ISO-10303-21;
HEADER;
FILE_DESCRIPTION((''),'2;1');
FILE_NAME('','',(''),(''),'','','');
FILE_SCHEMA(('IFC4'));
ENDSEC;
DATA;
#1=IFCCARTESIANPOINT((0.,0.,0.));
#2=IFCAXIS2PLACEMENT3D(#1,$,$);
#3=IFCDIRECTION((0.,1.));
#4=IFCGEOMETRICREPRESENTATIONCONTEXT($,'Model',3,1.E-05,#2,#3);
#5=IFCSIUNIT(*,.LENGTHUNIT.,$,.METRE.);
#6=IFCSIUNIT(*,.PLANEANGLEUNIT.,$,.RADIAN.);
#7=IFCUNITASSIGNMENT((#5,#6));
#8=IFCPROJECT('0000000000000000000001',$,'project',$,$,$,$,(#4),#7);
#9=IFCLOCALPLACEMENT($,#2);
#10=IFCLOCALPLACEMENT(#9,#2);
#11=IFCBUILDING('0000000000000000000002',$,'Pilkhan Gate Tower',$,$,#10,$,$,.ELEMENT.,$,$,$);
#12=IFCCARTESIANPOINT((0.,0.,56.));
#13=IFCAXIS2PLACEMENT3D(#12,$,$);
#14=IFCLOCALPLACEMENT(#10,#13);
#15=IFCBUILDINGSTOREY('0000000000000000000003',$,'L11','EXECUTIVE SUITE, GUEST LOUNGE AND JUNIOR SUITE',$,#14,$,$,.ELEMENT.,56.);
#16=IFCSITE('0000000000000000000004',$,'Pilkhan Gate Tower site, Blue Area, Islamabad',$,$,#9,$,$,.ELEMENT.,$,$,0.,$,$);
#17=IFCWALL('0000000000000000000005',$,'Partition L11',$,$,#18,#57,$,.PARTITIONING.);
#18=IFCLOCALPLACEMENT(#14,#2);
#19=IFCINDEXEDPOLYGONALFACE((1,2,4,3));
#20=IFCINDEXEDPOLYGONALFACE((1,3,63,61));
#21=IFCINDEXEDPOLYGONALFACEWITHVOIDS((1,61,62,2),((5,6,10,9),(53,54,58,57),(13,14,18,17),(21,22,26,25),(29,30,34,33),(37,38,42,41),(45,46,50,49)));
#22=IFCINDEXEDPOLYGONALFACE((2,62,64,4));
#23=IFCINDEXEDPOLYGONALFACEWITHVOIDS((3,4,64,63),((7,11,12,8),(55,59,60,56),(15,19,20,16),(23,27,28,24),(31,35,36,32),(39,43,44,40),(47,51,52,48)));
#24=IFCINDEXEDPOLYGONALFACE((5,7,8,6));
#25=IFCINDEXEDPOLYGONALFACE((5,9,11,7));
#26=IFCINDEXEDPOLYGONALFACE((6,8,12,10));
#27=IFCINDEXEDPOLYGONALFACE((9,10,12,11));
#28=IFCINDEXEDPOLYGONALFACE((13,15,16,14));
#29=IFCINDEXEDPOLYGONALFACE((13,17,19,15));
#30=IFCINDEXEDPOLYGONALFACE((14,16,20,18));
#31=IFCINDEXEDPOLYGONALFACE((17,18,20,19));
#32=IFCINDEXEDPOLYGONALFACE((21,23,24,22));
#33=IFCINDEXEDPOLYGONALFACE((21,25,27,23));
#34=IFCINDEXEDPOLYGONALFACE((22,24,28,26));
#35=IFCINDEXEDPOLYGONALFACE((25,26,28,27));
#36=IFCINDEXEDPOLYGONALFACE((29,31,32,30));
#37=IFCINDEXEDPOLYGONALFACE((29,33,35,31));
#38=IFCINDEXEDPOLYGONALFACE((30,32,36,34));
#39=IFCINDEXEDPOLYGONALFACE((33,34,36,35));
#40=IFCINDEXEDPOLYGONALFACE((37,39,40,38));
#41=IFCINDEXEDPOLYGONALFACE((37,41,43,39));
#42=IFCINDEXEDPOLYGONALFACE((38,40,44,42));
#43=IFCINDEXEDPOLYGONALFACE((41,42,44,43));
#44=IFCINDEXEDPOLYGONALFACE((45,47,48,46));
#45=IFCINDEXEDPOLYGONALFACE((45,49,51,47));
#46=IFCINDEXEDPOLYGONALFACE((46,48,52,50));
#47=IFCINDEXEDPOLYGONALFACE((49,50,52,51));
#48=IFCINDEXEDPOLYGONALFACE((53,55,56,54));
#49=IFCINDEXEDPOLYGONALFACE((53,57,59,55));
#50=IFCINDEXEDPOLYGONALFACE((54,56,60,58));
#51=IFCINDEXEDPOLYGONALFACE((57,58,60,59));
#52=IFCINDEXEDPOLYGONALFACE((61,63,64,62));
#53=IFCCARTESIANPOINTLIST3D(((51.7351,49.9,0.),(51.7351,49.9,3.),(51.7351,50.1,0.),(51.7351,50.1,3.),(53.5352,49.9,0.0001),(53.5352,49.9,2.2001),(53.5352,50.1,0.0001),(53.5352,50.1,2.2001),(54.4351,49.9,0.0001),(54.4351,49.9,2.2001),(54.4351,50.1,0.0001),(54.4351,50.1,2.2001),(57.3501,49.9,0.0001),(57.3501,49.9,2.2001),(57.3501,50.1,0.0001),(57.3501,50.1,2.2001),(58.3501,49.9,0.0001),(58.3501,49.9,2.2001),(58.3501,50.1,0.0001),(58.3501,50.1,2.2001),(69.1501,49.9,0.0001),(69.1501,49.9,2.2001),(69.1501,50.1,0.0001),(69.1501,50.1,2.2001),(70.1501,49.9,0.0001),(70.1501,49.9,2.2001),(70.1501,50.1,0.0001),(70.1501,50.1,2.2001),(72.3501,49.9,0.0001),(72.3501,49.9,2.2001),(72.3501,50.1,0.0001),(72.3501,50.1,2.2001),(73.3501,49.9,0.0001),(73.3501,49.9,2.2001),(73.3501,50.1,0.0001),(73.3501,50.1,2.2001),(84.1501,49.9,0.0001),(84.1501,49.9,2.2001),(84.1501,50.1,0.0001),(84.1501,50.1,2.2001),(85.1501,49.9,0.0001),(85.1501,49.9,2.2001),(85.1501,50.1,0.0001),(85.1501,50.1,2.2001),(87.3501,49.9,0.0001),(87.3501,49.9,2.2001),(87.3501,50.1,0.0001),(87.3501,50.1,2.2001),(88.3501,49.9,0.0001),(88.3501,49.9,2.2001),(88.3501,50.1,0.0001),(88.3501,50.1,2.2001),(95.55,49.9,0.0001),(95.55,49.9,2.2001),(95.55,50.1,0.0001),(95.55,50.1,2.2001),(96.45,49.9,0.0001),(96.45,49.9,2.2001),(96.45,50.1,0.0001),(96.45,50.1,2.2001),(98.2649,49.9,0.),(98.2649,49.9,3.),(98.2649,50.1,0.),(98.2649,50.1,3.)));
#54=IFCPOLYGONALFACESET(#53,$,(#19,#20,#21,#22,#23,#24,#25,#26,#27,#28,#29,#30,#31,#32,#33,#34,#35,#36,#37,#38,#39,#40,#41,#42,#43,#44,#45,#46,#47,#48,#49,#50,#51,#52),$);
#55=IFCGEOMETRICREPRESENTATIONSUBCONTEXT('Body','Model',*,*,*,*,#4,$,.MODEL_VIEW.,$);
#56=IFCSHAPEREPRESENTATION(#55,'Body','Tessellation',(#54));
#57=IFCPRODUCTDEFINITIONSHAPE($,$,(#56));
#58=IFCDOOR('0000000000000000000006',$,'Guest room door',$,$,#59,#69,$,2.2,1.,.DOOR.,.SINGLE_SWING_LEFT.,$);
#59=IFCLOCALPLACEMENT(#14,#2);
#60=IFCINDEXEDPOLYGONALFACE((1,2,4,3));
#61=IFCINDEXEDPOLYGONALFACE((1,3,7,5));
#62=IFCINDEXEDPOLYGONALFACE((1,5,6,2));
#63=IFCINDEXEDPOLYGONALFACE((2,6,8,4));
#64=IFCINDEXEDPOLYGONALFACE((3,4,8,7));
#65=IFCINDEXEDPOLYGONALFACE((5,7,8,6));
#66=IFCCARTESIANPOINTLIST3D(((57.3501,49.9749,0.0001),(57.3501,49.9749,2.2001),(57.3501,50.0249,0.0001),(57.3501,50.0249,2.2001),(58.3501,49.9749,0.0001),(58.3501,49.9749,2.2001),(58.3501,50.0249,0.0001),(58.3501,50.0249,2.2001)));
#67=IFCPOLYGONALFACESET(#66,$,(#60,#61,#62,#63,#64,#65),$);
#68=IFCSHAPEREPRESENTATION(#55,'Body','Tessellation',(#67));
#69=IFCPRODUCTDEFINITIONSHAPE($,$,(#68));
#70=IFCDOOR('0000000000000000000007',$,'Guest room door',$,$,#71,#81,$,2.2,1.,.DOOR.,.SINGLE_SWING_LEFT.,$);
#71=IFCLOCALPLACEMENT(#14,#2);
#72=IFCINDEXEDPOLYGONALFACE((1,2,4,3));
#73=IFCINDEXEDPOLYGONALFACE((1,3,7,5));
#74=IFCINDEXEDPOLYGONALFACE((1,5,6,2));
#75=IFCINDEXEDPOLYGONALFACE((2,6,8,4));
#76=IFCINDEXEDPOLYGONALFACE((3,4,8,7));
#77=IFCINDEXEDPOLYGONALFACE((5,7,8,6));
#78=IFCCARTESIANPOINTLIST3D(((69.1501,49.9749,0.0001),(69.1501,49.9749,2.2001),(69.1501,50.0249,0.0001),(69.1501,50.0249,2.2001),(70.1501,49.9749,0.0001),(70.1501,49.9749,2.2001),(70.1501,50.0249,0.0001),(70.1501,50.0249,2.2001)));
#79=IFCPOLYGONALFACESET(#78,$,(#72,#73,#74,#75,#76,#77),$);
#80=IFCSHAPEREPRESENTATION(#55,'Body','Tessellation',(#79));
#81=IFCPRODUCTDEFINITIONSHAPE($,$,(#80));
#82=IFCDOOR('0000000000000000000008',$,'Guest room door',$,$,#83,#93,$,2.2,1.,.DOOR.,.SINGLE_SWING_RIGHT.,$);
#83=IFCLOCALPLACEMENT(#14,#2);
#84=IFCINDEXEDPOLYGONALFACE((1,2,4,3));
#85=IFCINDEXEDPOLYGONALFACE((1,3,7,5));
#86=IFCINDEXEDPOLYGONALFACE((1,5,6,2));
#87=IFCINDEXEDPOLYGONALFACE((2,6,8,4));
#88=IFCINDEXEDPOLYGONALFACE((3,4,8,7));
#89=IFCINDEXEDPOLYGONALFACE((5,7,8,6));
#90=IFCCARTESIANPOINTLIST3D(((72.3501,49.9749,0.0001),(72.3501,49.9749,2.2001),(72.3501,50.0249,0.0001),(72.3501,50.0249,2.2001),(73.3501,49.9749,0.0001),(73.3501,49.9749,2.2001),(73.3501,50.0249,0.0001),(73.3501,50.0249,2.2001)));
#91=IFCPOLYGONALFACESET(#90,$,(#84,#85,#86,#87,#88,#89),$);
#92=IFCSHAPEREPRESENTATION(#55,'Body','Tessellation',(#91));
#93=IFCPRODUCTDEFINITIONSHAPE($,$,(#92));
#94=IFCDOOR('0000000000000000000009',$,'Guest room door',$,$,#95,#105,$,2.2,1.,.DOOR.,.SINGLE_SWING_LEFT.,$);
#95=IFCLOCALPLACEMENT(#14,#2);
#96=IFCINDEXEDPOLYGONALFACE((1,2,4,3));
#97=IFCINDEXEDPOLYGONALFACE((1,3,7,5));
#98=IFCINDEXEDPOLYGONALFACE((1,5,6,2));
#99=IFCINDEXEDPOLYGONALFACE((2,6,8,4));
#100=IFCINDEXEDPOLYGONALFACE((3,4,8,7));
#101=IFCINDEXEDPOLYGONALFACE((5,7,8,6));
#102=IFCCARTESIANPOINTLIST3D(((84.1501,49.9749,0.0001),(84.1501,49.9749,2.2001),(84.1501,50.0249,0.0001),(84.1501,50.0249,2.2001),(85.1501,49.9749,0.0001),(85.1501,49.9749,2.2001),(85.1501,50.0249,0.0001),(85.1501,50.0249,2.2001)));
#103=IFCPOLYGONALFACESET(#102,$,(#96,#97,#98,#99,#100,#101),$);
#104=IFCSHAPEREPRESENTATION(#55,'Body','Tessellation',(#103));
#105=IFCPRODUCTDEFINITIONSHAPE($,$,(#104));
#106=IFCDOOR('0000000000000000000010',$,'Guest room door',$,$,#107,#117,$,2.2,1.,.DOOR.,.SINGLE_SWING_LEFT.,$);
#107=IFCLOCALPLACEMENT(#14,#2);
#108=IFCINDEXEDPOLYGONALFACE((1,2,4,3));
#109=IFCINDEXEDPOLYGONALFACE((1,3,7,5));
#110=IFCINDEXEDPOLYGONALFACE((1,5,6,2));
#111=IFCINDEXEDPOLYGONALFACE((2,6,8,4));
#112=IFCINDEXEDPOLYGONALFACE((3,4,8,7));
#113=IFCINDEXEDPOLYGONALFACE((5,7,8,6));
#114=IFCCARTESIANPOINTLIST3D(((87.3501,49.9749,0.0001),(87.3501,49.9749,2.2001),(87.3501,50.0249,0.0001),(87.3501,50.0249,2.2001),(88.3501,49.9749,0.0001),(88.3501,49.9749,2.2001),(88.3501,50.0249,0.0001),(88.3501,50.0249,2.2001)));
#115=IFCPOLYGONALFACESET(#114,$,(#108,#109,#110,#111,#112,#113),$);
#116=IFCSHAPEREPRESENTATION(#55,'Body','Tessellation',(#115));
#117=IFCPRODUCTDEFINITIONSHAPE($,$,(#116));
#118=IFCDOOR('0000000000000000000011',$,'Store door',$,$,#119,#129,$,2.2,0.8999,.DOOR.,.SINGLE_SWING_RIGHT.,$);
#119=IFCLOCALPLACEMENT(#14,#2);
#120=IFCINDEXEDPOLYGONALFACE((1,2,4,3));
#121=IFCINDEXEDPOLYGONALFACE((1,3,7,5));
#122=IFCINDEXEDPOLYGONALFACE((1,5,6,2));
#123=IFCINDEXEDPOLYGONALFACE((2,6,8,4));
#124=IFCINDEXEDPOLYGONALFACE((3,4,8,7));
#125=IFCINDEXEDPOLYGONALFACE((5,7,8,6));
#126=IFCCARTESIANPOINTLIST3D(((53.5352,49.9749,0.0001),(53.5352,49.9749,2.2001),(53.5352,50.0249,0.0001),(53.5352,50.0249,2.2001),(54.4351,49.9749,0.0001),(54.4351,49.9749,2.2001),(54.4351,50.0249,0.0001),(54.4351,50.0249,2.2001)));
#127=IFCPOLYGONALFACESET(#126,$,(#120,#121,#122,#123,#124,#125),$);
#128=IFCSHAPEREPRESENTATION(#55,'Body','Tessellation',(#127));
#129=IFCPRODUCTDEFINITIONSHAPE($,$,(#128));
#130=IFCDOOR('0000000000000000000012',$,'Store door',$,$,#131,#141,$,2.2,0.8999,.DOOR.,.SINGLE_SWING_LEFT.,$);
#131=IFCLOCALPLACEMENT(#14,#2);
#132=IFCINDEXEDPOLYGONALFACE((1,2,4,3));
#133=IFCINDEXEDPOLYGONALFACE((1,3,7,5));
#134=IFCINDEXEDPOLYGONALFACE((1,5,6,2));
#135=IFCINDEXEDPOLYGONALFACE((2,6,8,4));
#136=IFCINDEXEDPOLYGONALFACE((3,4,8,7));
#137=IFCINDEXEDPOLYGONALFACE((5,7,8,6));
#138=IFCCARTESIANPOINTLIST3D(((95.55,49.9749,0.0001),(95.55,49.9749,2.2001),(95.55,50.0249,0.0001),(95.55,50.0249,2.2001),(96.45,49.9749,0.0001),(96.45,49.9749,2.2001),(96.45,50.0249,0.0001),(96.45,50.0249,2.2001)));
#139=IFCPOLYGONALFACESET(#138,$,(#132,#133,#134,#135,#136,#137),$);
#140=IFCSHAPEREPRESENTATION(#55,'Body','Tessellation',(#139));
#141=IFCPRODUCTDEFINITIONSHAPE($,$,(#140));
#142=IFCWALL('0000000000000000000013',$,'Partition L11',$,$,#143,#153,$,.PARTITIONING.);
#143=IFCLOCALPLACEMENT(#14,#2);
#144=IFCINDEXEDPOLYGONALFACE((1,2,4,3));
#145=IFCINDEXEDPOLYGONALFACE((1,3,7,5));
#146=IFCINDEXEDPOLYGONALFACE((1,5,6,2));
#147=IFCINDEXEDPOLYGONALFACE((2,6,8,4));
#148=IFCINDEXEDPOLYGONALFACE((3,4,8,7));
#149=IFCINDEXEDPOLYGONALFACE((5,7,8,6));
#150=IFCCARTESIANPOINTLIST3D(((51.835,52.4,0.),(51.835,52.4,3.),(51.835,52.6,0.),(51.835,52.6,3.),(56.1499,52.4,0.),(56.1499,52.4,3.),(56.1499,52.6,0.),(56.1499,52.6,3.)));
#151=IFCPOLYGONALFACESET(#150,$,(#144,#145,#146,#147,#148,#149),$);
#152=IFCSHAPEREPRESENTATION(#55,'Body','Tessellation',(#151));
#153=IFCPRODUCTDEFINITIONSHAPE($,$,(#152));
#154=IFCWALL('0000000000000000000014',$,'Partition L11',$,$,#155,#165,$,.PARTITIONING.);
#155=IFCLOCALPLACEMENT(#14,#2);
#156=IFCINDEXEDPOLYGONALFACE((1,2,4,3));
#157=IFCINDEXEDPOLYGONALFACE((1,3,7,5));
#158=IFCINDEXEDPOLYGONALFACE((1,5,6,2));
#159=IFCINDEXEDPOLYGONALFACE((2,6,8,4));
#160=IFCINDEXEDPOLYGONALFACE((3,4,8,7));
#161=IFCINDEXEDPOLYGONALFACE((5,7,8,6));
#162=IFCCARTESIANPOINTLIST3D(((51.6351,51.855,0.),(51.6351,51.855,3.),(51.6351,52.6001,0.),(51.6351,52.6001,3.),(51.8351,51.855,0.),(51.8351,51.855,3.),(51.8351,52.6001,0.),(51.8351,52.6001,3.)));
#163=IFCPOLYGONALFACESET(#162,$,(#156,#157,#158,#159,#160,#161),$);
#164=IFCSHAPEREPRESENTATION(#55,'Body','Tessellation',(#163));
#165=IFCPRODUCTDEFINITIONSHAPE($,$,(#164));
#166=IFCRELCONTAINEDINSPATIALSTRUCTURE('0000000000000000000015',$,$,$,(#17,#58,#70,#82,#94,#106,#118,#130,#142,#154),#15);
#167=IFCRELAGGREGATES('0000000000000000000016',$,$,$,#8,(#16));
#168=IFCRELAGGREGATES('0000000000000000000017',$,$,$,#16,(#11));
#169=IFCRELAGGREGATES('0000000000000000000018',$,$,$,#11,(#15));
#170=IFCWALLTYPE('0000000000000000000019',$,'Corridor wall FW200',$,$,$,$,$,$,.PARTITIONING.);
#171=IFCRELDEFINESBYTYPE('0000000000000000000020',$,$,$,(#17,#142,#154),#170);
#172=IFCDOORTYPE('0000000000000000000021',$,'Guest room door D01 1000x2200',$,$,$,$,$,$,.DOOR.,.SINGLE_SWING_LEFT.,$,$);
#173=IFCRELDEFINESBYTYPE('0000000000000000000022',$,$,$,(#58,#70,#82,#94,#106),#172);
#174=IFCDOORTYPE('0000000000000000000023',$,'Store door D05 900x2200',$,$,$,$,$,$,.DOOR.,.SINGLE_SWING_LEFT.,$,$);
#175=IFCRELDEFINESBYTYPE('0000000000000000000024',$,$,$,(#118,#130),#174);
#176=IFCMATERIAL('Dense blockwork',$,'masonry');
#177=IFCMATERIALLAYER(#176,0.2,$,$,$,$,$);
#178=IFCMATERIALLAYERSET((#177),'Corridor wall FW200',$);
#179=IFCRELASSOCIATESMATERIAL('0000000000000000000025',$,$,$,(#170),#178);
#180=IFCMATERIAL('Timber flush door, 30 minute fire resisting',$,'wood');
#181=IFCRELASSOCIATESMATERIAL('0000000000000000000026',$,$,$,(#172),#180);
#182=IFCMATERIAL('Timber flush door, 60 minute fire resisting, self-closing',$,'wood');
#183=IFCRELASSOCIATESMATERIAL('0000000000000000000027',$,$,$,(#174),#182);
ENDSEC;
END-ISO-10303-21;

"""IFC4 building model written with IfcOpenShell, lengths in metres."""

from ifc_helpers import new_model, si_unit, direction, frame, frame_2d, origin, place, context, subcontext, project, spatial, rectangle, extrude, material, layer, layer_set, type_object, element, fill, save


model = new_model("IFC4")

# Units and contexts
model_context = context("Model", 3, precision=1e-05, world=origin(), true_north=direction((0.0, 1.0)))
body_context = subcontext(model_context, "Body", "Model", "MODEL_VIEW")
ifc_project = project(units=[si_unit("LENGTHUNIT", "METRE"), si_unit("PLANEANGLEUNIT", "RADIAN")], contexts=[model_context])

# Site, building, storey
site_placement = place(None, origin())
site = spatial("IfcSite", under=ifc_project, at=site_placement, Name="Pilkhan Gate Tower site, Blue Area, Islamabad", CompositionType="ELEMENT", RefElevation=0.0)
building_placement = place(site_placement, origin())
building = spatial("IfcBuilding", under=site, at=building_placement, Name="Pilkhan Gate Tower", CompositionType="ELEMENT")
storey_placement = place(building_placement, frame((0.0, 0.0, 56.0)))
storey = spatial("IfcBuildingStorey", under=building, at=storey_placement, Name="L11", Description="EXECUTIVE SUITE, GUEST LOUNGE AND JUNIOR SUITE", CompositionType="ELEMENT", Elevation=56.0)

# Wall, openings, doors
ifc_material_1 = material(Name="Dense blockwork", Category="masonry")
ifc_layer_1 = layer(ifc_material_1, 0.2)
ifc_layer_set_1 = layer_set([ifc_layer_1], Name="Corridor wall FW200")
wall_type_1 = type_object("IfcWallType", Name="Corridor wall FW200", PredefinedType="PARTITIONING", material=ifc_layer_set_1)
wall_1_placement = place(storey_placement, frame((51.7351, 50.0, 0.0), z_axis=(0.0, 0.0, 1.0), x_axis=(1.0, 0.0, 0.0)))
wall_1 = element("IfcWall", 1, at=wall_1_placement, inside=storey, type_object=wall_type_1, Name="Partition L11", PredefinedType="PARTITIONING", context=body_context, shape_type="SweptSolid", body=[
    extrude(rectangle(XDim=46.5298, YDim=0.2, at=frame_2d((23.2649, 0.0))), origin(), (0.0, 0.0, 1.0), 3.0),
])
opening_1_placement = place(wall_1_placement, frame((5.615, 0.0, 0.0)))
opening_1 = element("IfcOpeningElement", 2, at=opening_1_placement, cuts=wall_1, PredefinedType="OPENING", context=body_context, shape_type="SweptSolid", body=[
    extrude(rectangle(XDim=1.0, YDim=2.2, at=frame_2d((0.5, 1.1001))), frame((0.0, 0.1099, 0.0), z_axis=(0.0, -1.0, 0.0), x_axis=(1.0, 0.0, 0.0)), (0.0, 0.0, 1.0), 0.22),
])
opening_2_placement = place(wall_1_placement, frame((17.415, 0.0, 0.0)))
opening_2 = element("IfcOpeningElement", 3, at=opening_2_placement, cuts=wall_1, PredefinedType="OPENING", context=body_context, shape_type="SweptSolid", body=[
    extrude(rectangle(XDim=1.0, YDim=2.2, at=frame_2d((0.5, 1.1001))), frame((0.0, 0.1099, 0.0), z_axis=(0.0, -1.0, 0.0), x_axis=(1.0, 0.0, 0.0)), (0.0, 0.0, 1.0), 0.22),
])
opening_3_placement = place(wall_1_placement, frame((20.615, 0.0, 0.0)))
opening_3 = element("IfcOpeningElement", 4, at=opening_3_placement, cuts=wall_1, PredefinedType="OPENING", context=body_context, shape_type="SweptSolid", body=[
    extrude(rectangle(XDim=1.0, YDim=2.2, at=frame_2d((0.5, 1.1001))), frame((0.0, 0.1099, 0.0), z_axis=(0.0, -1.0, 0.0), x_axis=(1.0, 0.0, 0.0)), (0.0, 0.0, 1.0), 0.22),
])
opening_4_placement = place(wall_1_placement, frame((32.415, 0.0, 0.0)))
opening_4 = element("IfcOpeningElement", 5, at=opening_4_placement, cuts=wall_1, PredefinedType="OPENING", context=body_context, shape_type="SweptSolid", body=[
    extrude(rectangle(XDim=1.0, YDim=2.2, at=frame_2d((0.5, 1.1001))), frame((0.0, 0.1099, 0.0), z_axis=(0.0, -1.0, 0.0), x_axis=(1.0, 0.0, 0.0)), (0.0, 0.0, 1.0), 0.22),
])
opening_5_placement = place(wall_1_placement, frame((35.615, 0.0, 0.0)))
opening_5 = element("IfcOpeningElement", 6, at=opening_5_placement, cuts=wall_1, PredefinedType="OPENING", context=body_context, shape_type="SweptSolid", body=[
    extrude(rectangle(XDim=1.0, YDim=2.2, at=frame_2d((0.5, 1.1001))), frame((0.0, 0.1099, 0.0), z_axis=(0.0, -1.0, 0.0), x_axis=(1.0, 0.0, 0.0)), (0.0, 0.0, 1.0), 0.22),
])
opening_6_placement = place(wall_1_placement, frame((1.8, 0.0, 0.0)))
opening_6 = element("IfcOpeningElement", 7, at=opening_6_placement, cuts=wall_1, PredefinedType="OPENING", context=body_context, shape_type="SweptSolid", body=[
    extrude(rectangle(XDim=0.8999, YDim=2.2, at=frame_2d((0.45, 1.1001))), frame((0.0, 0.1099, 0.0), z_axis=(0.0, -1.0, 0.0), x_axis=(1.0, 0.0, 0.0)), (0.0, 0.0, 1.0), 0.22),
])
opening_7_placement = place(wall_1_placement, frame((43.8149, 0.0, 0.0)))
opening_7 = element("IfcOpeningElement", 8, at=opening_7_placement, cuts=wall_1, PredefinedType="OPENING", context=body_context, shape_type="SweptSolid", body=[
    extrude(rectangle(XDim=0.8999, YDim=2.2, at=frame_2d((0.45, 1.1001))), frame((0.0, 0.1099, 0.0), z_axis=(0.0, -1.0, 0.0), x_axis=(1.0, 0.0, 0.0)), (0.0, 0.0, 1.0), 0.22),
])
ifc_material_2 = material(Name="Timber flush door, 30 minute fire resisting", Category="wood")
door_type_1 = type_object("IfcDoorType", Name="Guest room door D01 1000x2200", OperationType="SINGLE_SWING_LEFT", PredefinedType="DOOR", material=ifc_material_2)
door_1_placement = place(opening_1_placement, origin())
door_1 = element("IfcDoor", 9, at=door_1_placement, inside=storey, type_object=door_type_1, Name="Guest room door", OperationType="SINGLE_SWING_LEFT", OverallHeight=2.2, OverallWidth=1.0, PredefinedType="DOOR", context=body_context, shape_type="SweptSolid", body=[
    extrude(rectangle(XDim=1.0, YDim=2.2, at=frame_2d((0.5, 1.1001))), frame((0.0, 0.0249, 0.0), z_axis=(0.0, -1.0, 0.0), x_axis=(1.0, 0.0, 0.0)), (0.0, 0.0, 1.0), 0.05),
])
fill(opening_1, door_1)
door_2_placement = place(opening_2_placement, origin())
door_2 = element("IfcDoor", 10, at=door_2_placement, inside=storey, type_object=door_type_1, Name="Guest room door", OperationType="SINGLE_SWING_LEFT", OverallHeight=2.2, OverallWidth=1.0, PredefinedType="DOOR", context=body_context, shape_type="SweptSolid", body=[
    extrude(rectangle(XDim=1.0, YDim=2.2, at=frame_2d((0.5, 1.1001))), frame((0.0, 0.0249, 0.0), z_axis=(0.0, -1.0, 0.0), x_axis=(1.0, 0.0, 0.0)), (0.0, 0.0, 1.0), 0.05),
])
fill(opening_2, door_2)
door_3_placement = place(opening_3_placement, origin())
door_3 = element("IfcDoor", 11, at=door_3_placement, inside=storey, type_object=door_type_1, Name="Guest room door", OperationType="SINGLE_SWING_RIGHT", OverallHeight=2.2, OverallWidth=1.0, PredefinedType="DOOR", context=body_context, shape_type="SweptSolid", body=[
    extrude(rectangle(XDim=1.0, YDim=2.2, at=frame_2d((0.5, 1.1001))), frame((0.0, 0.0249, 0.0), z_axis=(0.0, -1.0, 0.0), x_axis=(1.0, 0.0, 0.0)), (0.0, 0.0, 1.0), 0.05),
])
fill(opening_3, door_3)
door_4_placement = place(opening_4_placement, origin())
door_4 = element("IfcDoor", 12, at=door_4_placement, inside=storey, type_object=door_type_1, Name="Guest room door", OperationType="SINGLE_SWING_LEFT", OverallHeight=2.2, OverallWidth=1.0, PredefinedType="DOOR", context=body_context, shape_type="SweptSolid", body=[
    extrude(rectangle(XDim=1.0, YDim=2.2, at=frame_2d((0.5, 1.1001))), frame((0.0, 0.0249, 0.0), z_axis=(0.0, -1.0, 0.0), x_axis=(1.0, 0.0, 0.0)), (0.0, 0.0, 1.0), 0.05),
])
fill(opening_4, door_4)
door_5_placement = place(opening_5_placement, origin())
door_5 = element("IfcDoor", 13, at=door_5_placement, inside=storey, type_object=door_type_1, Name="Guest room door", OperationType="SINGLE_SWING_LEFT", OverallHeight=2.2, OverallWidth=1.0, PredefinedType="DOOR", context=body_context, shape_type="SweptSolid", body=[
    extrude(rectangle(XDim=1.0, YDim=2.2, at=frame_2d((0.5, 1.1001))), frame((0.0, 0.0249, 0.0), z_axis=(0.0, -1.0, 0.0), x_axis=(1.0, 0.0, 0.0)), (0.0, 0.0, 1.0), 0.05),
])
fill(opening_5, door_5)
ifc_material_3 = material(Name="Timber flush door, 60 minute fire resisting, self-closing", Category="wood")
door_type_2 = type_object("IfcDoorType", Name="Store door D05 900x2200", OperationType="SINGLE_SWING_LEFT", PredefinedType="DOOR", material=ifc_material_3)
door_6_placement = place(opening_6_placement, origin())
door_6 = element("IfcDoor", 14, at=door_6_placement, inside=storey, type_object=door_type_2, Name="Store door", OperationType="SINGLE_SWING_RIGHT", OverallHeight=2.2, OverallWidth=0.8999, PredefinedType="DOOR", context=body_context, shape_type="SweptSolid", body=[
    extrude(rectangle(XDim=0.8999, YDim=2.2, at=frame_2d((0.45, 1.1001))), frame((0.0, 0.0249, 0.0), z_axis=(0.0, -1.0, 0.0), x_axis=(1.0, 0.0, 0.0)), (0.0, 0.0, 1.0), 0.05),
])
fill(opening_6, door_6)
door_7_placement = place(opening_7_placement, origin())
door_7 = element("IfcDoor", 15, at=door_7_placement, inside=storey, type_object=door_type_2, Name="Store door", OperationType="SINGLE_SWING_LEFT", OverallHeight=2.2, OverallWidth=0.8999, PredefinedType="DOOR", context=body_context, shape_type="SweptSolid", body=[
    extrude(rectangle(XDim=0.8999, YDim=2.2, at=frame_2d((0.45, 1.1001))), frame((0.0, 0.0249, 0.0), z_axis=(0.0, -1.0, 0.0), x_axis=(1.0, 0.0, 0.0)), (0.0, 0.0, 1.0), 0.05),
])
fill(opening_7, door_7)

# Walls
wall_2_placement = place(storey_placement, frame((51.835, 52.5, 0.0), z_axis=(0.0, 0.0, 1.0), x_axis=(1.0, 0.0, 0.0)))
element("IfcWall", 16, at=wall_2_placement, inside=storey, type_object=wall_type_1, Name="Partition L11", PredefinedType="PARTITIONING", context=body_context, shape_type="SweptSolid", body=[
    extrude(rectangle(XDim=4.3149, YDim=0.2, at=frame_2d((2.1575, 0.0))), origin(), (0.0, 0.0, 1.0), 3.0),
])
wall_3_placement = place(storey_placement, frame((51.7351, 51.855, 0.0), z_axis=(0.0, 0.0, 1.0), x_axis=(0.0, 1.0, 0.0)))
element("IfcWall", 17, at=wall_3_placement, inside=storey, type_object=wall_type_1, Name="Partition L11", PredefinedType="PARTITIONING", context=body_context, shape_type="SweptSolid", body=[
    extrude(rectangle(XDim=0.7451, YDim=0.2, at=frame_2d((0.3726, 0.0))), origin(), (0.0, 0.0, 1.0), 3.0),
])

save(model, "model.ifc")
